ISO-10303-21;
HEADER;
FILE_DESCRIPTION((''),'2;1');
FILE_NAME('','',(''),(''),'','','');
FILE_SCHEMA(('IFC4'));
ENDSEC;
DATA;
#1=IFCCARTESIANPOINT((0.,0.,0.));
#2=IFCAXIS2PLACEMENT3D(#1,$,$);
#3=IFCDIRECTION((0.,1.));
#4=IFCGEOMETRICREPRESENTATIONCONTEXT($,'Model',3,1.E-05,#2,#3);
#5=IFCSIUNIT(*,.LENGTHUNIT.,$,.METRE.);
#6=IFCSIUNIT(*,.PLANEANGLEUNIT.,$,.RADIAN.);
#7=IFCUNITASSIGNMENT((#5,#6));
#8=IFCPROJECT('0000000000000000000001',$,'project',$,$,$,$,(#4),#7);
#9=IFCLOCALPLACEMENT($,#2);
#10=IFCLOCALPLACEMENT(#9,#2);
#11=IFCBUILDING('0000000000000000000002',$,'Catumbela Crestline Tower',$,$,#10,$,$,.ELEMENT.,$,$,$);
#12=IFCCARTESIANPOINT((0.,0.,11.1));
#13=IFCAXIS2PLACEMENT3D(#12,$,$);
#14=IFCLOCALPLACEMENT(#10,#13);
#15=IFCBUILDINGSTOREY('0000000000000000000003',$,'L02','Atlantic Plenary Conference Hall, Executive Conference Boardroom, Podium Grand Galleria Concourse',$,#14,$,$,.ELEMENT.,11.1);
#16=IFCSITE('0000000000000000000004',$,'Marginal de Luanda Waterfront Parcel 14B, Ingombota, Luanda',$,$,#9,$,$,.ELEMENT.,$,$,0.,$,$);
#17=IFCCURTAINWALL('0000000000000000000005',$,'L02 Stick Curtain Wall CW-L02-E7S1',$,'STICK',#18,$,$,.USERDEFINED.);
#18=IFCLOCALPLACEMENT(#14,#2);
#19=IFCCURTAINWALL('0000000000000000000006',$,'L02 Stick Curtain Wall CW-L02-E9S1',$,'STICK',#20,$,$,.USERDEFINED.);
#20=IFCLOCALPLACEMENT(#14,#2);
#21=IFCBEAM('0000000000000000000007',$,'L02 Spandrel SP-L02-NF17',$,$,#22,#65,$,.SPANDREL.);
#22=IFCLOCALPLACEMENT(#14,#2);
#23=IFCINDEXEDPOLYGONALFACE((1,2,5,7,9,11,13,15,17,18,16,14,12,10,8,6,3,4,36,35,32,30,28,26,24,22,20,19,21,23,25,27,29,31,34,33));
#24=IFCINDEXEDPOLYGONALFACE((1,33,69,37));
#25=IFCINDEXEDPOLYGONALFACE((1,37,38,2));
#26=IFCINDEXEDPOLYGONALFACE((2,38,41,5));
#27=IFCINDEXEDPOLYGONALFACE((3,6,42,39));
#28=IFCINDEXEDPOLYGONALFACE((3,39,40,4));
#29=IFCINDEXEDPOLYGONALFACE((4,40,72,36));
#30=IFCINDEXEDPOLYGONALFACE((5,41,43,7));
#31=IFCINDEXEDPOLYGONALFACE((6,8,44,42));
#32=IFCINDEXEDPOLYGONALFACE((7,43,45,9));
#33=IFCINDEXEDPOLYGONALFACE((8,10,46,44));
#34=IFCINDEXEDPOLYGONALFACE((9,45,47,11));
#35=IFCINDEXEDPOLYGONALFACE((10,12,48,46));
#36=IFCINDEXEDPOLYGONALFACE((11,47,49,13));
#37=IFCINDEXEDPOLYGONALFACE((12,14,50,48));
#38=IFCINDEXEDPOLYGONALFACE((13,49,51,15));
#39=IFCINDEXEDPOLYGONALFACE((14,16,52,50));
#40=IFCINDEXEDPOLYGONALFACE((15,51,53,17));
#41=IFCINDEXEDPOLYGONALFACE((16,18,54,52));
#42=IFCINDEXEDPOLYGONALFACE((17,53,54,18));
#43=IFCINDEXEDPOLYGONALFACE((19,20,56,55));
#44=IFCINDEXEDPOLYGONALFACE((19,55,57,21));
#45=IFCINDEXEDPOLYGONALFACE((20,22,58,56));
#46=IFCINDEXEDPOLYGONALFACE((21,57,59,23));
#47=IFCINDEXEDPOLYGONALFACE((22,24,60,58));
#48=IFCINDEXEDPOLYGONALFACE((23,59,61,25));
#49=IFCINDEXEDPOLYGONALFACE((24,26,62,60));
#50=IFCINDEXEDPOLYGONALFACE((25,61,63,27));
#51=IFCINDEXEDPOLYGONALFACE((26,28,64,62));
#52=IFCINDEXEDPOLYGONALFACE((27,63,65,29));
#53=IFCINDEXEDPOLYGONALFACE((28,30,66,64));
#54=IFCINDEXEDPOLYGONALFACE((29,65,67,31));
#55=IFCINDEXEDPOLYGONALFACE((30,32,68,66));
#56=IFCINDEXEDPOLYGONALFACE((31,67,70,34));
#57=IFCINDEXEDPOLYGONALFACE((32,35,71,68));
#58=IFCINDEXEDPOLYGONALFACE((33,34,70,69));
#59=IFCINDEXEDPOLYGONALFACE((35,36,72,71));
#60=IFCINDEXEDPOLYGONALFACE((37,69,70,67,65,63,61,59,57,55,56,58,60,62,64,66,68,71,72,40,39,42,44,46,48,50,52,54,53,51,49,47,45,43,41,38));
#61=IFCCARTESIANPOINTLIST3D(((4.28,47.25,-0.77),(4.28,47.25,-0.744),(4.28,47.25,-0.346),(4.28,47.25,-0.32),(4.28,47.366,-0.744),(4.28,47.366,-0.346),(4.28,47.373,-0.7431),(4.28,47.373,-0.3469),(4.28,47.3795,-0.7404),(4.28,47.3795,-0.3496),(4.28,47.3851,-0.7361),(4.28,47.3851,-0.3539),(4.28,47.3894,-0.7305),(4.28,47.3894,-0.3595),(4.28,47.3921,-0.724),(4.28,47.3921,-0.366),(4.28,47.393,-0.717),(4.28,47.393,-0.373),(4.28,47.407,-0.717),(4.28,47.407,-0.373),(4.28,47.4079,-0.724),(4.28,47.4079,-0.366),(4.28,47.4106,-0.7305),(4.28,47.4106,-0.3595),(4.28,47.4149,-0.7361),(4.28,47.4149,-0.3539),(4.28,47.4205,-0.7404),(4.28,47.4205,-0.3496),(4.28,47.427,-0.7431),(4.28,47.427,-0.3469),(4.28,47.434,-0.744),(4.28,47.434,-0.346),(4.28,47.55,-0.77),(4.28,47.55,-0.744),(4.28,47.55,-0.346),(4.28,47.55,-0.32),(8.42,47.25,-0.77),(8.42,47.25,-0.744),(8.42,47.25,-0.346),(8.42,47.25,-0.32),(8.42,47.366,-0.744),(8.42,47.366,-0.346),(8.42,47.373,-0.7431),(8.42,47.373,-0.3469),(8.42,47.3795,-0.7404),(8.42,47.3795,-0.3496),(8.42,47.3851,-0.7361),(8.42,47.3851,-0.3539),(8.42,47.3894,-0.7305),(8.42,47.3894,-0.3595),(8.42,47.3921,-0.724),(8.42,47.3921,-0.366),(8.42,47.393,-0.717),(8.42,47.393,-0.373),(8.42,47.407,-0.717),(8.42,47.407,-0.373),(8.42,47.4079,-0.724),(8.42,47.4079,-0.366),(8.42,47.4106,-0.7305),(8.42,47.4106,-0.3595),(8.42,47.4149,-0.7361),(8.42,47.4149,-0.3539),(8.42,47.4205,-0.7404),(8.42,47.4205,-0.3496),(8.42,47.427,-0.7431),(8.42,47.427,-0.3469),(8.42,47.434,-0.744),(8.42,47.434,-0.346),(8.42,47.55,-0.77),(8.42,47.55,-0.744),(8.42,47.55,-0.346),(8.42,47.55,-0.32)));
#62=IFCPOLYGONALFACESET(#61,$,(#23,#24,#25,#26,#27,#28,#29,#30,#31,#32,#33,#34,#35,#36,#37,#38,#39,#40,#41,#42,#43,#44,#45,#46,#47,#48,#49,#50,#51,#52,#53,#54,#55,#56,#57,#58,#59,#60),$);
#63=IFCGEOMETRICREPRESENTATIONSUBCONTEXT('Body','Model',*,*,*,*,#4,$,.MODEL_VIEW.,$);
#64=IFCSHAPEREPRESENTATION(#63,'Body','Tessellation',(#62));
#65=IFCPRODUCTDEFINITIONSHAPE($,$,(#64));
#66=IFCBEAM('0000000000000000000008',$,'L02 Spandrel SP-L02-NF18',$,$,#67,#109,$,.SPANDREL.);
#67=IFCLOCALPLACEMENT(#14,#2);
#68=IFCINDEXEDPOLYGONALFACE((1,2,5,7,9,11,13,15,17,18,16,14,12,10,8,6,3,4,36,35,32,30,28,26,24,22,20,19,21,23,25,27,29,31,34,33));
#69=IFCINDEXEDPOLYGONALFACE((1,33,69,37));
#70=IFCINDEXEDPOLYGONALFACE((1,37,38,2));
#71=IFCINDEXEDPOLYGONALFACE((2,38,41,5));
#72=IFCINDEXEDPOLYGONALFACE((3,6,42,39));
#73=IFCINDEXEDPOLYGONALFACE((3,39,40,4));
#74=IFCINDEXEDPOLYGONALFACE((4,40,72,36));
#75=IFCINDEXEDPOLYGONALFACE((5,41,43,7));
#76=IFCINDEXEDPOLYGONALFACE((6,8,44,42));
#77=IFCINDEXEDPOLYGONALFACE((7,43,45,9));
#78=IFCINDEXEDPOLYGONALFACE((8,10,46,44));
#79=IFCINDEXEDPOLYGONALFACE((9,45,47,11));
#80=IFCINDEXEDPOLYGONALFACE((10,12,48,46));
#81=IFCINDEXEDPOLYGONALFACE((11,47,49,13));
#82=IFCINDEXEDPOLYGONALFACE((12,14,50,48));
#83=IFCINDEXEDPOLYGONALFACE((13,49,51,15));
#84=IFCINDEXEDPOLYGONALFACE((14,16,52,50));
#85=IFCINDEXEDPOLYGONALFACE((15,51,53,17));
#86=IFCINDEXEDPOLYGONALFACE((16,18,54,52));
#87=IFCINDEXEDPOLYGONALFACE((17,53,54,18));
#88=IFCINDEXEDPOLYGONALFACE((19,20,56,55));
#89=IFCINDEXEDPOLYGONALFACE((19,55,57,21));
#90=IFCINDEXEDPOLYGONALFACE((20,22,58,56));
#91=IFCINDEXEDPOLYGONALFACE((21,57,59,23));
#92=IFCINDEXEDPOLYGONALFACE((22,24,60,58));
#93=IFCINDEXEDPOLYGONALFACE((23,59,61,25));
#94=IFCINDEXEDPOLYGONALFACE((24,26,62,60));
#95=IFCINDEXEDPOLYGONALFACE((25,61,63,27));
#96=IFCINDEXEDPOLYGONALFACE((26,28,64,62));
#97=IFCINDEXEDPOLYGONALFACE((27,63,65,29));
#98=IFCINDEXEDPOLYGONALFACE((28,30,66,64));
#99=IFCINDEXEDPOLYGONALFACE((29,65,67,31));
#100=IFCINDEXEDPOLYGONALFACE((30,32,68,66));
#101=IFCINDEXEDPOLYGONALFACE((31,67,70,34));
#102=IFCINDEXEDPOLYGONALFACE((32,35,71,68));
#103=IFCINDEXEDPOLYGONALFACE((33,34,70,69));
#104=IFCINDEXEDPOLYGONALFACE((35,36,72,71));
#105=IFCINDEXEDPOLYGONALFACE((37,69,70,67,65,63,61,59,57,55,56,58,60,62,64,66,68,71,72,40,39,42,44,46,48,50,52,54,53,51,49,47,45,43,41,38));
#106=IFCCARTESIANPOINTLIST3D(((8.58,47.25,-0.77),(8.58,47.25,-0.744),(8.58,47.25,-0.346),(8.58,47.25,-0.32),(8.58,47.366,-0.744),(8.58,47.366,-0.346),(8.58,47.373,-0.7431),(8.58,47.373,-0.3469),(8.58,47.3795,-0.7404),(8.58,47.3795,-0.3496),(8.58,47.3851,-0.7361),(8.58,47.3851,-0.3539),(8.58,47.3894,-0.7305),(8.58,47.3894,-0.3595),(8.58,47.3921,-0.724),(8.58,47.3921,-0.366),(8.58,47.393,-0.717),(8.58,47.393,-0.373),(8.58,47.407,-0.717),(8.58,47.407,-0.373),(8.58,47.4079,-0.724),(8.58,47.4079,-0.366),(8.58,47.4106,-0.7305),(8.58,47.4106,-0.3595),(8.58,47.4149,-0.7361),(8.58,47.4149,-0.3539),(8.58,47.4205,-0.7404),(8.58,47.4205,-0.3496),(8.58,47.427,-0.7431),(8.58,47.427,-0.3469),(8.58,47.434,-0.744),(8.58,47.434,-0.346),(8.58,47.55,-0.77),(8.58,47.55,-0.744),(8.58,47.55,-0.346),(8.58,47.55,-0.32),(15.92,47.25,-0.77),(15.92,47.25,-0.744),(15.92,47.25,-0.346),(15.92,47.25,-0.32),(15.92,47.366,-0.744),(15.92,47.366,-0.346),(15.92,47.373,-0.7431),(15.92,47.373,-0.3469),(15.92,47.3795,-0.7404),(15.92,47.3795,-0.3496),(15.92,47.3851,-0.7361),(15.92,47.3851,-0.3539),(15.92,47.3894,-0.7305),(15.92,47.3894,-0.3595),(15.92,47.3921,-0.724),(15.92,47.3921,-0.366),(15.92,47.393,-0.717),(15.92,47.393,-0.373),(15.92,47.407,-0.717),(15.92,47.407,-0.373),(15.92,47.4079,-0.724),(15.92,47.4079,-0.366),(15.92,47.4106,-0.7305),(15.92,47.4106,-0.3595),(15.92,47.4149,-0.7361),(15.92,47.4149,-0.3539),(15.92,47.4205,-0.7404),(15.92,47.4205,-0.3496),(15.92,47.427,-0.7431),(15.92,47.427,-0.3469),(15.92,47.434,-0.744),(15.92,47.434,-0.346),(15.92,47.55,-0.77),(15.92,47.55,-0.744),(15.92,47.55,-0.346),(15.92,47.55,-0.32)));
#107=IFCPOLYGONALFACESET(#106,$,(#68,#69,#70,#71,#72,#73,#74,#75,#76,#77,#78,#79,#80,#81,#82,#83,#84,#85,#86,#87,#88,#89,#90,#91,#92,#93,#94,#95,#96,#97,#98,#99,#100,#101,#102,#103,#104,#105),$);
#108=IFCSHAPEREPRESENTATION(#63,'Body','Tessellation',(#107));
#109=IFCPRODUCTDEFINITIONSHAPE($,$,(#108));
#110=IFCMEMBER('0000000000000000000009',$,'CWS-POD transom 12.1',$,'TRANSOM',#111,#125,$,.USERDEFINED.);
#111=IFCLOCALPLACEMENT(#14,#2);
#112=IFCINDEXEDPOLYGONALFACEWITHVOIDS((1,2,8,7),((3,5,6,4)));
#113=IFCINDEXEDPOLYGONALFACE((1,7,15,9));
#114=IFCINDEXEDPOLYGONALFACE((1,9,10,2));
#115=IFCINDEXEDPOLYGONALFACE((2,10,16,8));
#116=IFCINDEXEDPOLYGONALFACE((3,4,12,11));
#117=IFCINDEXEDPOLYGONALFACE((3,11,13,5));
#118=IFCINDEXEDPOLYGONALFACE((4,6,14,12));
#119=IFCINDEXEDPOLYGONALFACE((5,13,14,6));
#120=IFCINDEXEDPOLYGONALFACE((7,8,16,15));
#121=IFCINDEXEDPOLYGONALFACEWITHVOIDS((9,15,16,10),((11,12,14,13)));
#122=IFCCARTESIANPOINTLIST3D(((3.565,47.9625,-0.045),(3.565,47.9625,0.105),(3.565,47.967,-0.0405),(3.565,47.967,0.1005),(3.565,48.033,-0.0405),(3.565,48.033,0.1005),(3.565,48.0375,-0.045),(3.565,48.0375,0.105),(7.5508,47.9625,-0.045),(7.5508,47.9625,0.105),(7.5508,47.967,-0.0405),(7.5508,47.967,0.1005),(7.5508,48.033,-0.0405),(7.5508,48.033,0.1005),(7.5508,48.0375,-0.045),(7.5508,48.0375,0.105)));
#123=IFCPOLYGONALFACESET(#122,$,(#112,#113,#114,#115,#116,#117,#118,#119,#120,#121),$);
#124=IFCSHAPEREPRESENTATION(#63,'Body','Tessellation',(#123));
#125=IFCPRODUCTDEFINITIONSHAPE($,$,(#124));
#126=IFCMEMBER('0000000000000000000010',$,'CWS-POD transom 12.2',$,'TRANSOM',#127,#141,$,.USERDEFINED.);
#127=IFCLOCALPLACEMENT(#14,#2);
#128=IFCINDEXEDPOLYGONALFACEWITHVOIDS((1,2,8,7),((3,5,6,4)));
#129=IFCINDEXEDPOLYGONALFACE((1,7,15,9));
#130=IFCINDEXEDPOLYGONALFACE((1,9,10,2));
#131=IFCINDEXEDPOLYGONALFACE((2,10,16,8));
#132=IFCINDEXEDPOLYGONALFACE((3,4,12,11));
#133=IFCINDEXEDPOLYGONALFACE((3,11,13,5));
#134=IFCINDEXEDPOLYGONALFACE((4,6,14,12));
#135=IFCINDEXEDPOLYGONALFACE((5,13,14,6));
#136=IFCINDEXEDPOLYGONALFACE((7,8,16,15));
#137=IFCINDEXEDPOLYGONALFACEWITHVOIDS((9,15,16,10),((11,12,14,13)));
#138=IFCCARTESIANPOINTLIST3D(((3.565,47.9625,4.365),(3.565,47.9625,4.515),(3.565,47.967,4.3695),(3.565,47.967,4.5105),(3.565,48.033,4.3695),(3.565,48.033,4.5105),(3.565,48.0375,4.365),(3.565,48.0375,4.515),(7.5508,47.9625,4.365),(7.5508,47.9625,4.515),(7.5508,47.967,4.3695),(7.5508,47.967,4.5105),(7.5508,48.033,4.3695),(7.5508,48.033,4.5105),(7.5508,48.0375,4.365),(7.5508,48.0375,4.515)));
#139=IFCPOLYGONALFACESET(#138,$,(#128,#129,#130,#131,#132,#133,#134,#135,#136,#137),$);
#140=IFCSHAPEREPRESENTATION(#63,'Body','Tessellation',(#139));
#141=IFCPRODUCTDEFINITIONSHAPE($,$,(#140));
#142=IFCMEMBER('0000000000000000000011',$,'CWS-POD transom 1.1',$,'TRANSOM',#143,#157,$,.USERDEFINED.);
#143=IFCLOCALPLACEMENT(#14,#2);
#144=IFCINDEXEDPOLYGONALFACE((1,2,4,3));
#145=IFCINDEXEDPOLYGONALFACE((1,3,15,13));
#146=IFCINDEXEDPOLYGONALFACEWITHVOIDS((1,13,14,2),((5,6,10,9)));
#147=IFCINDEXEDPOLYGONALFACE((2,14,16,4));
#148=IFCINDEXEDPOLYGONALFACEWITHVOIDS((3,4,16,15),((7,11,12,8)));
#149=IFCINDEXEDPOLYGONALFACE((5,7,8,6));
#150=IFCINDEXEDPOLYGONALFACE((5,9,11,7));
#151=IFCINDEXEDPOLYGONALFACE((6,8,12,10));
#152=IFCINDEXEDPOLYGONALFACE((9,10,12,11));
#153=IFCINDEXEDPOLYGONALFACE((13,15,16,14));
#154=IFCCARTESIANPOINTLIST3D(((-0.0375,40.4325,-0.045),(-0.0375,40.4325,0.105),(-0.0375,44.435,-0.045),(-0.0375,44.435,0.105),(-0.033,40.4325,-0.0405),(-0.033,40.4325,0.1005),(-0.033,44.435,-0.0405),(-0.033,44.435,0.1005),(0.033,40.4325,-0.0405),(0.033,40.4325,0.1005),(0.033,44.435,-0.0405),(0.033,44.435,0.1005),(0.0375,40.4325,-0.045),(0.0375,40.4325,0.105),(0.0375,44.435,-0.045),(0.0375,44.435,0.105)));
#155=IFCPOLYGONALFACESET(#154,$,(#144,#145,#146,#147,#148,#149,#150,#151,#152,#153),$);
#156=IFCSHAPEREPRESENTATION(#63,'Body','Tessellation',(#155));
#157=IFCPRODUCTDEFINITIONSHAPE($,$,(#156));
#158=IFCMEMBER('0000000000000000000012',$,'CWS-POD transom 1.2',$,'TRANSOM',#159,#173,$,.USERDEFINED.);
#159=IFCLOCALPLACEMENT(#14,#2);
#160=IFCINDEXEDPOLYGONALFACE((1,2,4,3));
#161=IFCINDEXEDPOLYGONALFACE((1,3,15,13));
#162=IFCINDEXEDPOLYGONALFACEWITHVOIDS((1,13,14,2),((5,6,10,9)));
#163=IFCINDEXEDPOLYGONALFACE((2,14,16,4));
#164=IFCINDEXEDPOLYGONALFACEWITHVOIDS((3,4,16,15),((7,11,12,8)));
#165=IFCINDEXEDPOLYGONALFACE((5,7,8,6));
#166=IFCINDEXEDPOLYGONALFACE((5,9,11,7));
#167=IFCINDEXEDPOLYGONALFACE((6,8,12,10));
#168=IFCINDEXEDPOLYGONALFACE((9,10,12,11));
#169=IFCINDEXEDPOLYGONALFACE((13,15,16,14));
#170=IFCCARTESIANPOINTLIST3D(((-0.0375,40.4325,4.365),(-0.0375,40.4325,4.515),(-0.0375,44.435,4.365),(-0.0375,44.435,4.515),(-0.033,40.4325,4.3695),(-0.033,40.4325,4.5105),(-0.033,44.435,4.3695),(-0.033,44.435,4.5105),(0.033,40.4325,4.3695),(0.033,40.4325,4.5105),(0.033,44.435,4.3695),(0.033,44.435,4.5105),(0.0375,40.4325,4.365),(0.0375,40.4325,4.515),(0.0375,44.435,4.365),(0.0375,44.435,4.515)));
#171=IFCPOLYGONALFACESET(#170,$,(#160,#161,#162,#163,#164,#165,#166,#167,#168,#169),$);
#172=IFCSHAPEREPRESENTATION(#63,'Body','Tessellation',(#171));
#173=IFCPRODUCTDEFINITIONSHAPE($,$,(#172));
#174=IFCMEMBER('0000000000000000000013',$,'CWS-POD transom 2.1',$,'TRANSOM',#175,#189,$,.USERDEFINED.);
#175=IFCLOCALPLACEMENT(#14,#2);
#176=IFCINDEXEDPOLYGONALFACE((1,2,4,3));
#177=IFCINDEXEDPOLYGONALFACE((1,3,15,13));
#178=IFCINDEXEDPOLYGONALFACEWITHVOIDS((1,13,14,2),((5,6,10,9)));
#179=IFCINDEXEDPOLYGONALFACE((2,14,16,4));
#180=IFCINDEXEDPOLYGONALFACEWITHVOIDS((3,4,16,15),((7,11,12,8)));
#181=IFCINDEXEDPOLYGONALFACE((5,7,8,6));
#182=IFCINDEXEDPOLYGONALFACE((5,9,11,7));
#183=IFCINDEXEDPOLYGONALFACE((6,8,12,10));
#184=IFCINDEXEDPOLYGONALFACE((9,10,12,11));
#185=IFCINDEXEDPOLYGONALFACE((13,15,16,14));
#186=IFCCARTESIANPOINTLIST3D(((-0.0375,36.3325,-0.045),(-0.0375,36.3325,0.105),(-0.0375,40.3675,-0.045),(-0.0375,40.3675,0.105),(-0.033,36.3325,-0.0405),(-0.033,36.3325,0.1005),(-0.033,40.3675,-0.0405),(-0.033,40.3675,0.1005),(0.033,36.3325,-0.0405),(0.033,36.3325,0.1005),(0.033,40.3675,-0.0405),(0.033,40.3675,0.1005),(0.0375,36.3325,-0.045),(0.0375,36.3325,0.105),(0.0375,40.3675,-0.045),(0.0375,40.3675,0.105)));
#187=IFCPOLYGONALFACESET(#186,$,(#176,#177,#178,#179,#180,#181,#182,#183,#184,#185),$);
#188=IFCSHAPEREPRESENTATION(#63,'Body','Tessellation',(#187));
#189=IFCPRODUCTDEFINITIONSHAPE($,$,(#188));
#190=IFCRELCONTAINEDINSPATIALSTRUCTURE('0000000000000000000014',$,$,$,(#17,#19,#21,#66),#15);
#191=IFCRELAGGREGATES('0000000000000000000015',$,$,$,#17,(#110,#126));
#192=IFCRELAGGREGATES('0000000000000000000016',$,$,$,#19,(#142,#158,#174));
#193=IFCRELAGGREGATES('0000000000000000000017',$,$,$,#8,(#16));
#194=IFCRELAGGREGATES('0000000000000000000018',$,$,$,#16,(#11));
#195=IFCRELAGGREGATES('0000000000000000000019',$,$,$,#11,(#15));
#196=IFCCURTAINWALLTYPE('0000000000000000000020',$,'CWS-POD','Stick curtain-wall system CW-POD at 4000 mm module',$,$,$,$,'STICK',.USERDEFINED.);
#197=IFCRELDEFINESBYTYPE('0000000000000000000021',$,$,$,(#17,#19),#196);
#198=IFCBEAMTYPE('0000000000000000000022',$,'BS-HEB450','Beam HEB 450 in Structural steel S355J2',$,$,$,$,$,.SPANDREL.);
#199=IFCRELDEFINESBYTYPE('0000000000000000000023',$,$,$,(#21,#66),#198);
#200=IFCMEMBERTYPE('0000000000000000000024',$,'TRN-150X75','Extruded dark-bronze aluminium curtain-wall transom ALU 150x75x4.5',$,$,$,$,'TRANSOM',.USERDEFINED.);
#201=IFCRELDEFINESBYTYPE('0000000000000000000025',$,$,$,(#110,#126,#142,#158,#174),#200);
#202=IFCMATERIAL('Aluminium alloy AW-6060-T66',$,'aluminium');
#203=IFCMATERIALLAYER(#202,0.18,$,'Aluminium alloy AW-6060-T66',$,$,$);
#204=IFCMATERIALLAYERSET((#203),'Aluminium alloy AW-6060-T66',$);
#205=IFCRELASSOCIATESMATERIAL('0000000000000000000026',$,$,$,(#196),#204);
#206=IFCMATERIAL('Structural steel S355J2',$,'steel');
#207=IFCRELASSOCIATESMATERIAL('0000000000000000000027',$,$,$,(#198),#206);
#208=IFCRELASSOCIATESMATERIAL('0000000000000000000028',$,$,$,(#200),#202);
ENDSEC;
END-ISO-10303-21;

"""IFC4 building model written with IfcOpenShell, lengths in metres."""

from ifc_helpers import new_model, si_unit, direction, frame, origin, origin_2d, place, context, subcontext, project, spatial, hollow_rectangle, i_section, extrude, material, layer, layer_set, material_profile, profile_set, type_object, element, aggregate, save


model = new_model("IFC4")

# Units and contexts
model_context = context("Model", 3, precision=1e-05, world=origin(), true_north=direction((0.0, 1.0)))
body_context = subcontext(model_context, "Body", "Model", "MODEL_VIEW")
ifc_project = project(units=[si_unit("LENGTHUNIT", "METRE"), si_unit("PLANEANGLEUNIT", "RADIAN")], contexts=[model_context])

# Site, building, storey
site_placement = place(None, origin())
site = spatial("IfcSite", under=ifc_project, at=site_placement, Name="Marginal de Luanda Waterfront Parcel 14B, Ingombota, Luanda", CompositionType="ELEMENT", RefElevation=0.0)
building_placement = place(site_placement, origin())
building = spatial("IfcBuilding", under=site, at=building_placement, Name="Catumbela Crestline Tower", CompositionType="ELEMENT")
storey_placement = place(building_placement, frame((0.0, 0.0, 11.1)))
storey = spatial("IfcBuildingStorey", under=building, at=storey_placement, Name="L02", Description="Atlantic Plenary Conference Hall, Executive Conference Boardroom, Podium Grand Galleria Concourse", CompositionType="ELEMENT", Elevation=11.1)

# Shared definitions
ifc_material_1 = material(Name="Structural steel S355J2", Category="steel")

# Curtain walls
ifc_material_2 = material(Name="Aluminium alloy AW-6060-T66", Category="aluminium")
ifc_layer_1 = layer(ifc_material_2, 0.18, Name="Aluminium alloy AW-6060-T66")
ifc_layer_set_1 = layer_set([ifc_layer_1], Name="Aluminium alloy AW-6060-T66")
curtain_wall_type = type_object("IfcCurtainWallType", Name="CWS-POD", Description="Stick curtain-wall system CW-POD at 4000 mm module", ElementType="STICK", PredefinedType="USERDEFINED", material=ifc_layer_set_1)
curtain_wall_1_placement = place(storey_placement, origin())
curtain_wall_1 = element("IfcCurtainWall", 1, at=curtain_wall_1_placement, inside=storey, type_object=curtain_wall_type, Name="L02 Stick Curtain Wall CW-L02-E7S1", ObjectType="STICK", PredefinedType="USERDEFINED")
curtain_wall_2_placement = place(storey_placement, origin())
curtain_wall_2 = element("IfcCurtainWall", 2, at=curtain_wall_2_placement, inside=storey, type_object=curtain_wall_type, Name="L02 Stick Curtain Wall CW-L02-E9S1", ObjectType="STICK", PredefinedType="USERDEFINED")

# Beams
ifc_material_profile_1 = material_profile(ifc_material_1, i_section(OverallWidth=0.3, OverallDepth=0.45, WebThickness=0.014, FlangeThickness=0.026, FilletRadius=0.027, at=origin_2d()), Name="HEB 450")
ifc_profile_set_1 = profile_set([ifc_material_profile_1], Name="Structural steel S355J2")
beam_type_1 = type_object("IfcBeamType", Name="BS-HEB450", Description="Beam HEB 450 in Structural steel S355J2", PredefinedType="SPANDREL", material=ifc_profile_set_1)
beam_1_placement = place(storey_placement, frame((4.28, 47.4, -0.545), z_axis=(1.0, 0.0, 0.0), x_axis=(0.0, 1.0, 0.0)))
element("IfcBeam", 3, at=beam_1_placement, inside=storey, type_object=beam_type_1, Name="L02 Spandrel SP-L02-NF17", PredefinedType="SPANDREL", context=body_context, shape_type="SweptSolid", body=[
    extrude(i_section(OverallWidth=0.3, OverallDepth=0.45, WebThickness=0.014, FlangeThickness=0.026, FilletRadius=0.027, at=origin_2d()), origin(), (0.0, 0.0, 1.0), 4.14),
])
beam_2_placement = place(storey_placement, frame((8.58, 47.4, -0.545), z_axis=(1.0, 0.0, 0.0), x_axis=(0.0, 1.0, 0.0)))
element("IfcBeam", 4, at=beam_2_placement, inside=storey, type_object=beam_type_1, Name="L02 Spandrel SP-L02-NF18", PredefinedType="SPANDREL", context=body_context, shape_type="SweptSolid", body=[
    extrude(i_section(OverallWidth=0.3, OverallDepth=0.45, WebThickness=0.014, FlangeThickness=0.026, FilletRadius=0.027, at=origin_2d()), origin(), (0.0, 0.0, 1.0), 7.34),
])

# Members
ifc_material_profile_2 = material_profile(ifc_material_2, hollow_rectangle(XDim=0.075, YDim=0.15, WallThickness=0.0045, at=origin_2d()), Name="ALU 150x75x4.5")
ifc_profile_set_2 = profile_set([ifc_material_profile_2], Name="Aluminium alloy AW-6060-T66")
member_type_1 = type_object("IfcMemberType", Name="TRN-150X75", Description="Extruded dark-bronze aluminium curtain-wall transom ALU 150x75x4.5", ElementType="TRANSOM", PredefinedType="USERDEFINED", material=ifc_profile_set_2)
member_1_placement = place(storey_placement, frame((7.5508, 48.0, 0.03), z_axis=(-1.0, 0.0, 0.0), x_axis=(0.0, -1.0, 0.0)))
member_1 = element("IfcMember", 5, at=member_1_placement, type_object=member_type_1, Name="CWS-POD transom 12.1", ObjectType="TRANSOM", PredefinedType="USERDEFINED", context=body_context, shape_type="SweptSolid", body=[
    extrude(hollow_rectangle(XDim=0.075, YDim=0.15, WallThickness=0.0045, at=origin_2d()), origin(), (0.0, 0.0, 1.0), 3.9858),
])
member_2_placement = place(storey_placement, frame((7.5508, 48.0, 4.44), z_axis=(-1.0, 0.0, 0.0), x_axis=(0.0, -1.0, 0.0)))
member_2 = element("IfcMember", 6, at=member_2_placement, type_object=member_type_1, Name="CWS-POD transom 12.2", ObjectType="TRANSOM", PredefinedType="USERDEFINED", context=body_context, shape_type="SweptSolid", body=[
    extrude(hollow_rectangle(XDim=0.075, YDim=0.15, WallThickness=0.0045, at=origin_2d()), origin(), (0.0, 0.0, 1.0), 3.9858),
])
member_3_placement = place(storey_placement, frame((0.0, 44.435, 0.03), z_axis=(0.0, -1.0, 0.0), x_axis=(1.0, 0.0, 0.0)))
member_3 = element("IfcMember", 7, at=member_3_placement, type_object=member_type_1, Name="CWS-POD transom 1.1", ObjectType="TRANSOM", PredefinedType="USERDEFINED", context=body_context, shape_type="SweptSolid", body=[
    extrude(hollow_rectangle(XDim=0.075, YDim=0.15, WallThickness=0.0045, at=origin_2d()), origin(), (0.0, 0.0, 1.0), 4.0025),
])
member_4_placement = place(storey_placement, frame((0.0, 44.435, 4.44), z_axis=(0.0, -1.0, 0.0), x_axis=(1.0, 0.0, 0.0)))
member_4 = element("IfcMember", 8, at=member_4_placement, type_object=member_type_1, Name="CWS-POD transom 1.2", ObjectType="TRANSOM", PredefinedType="USERDEFINED", context=body_context, shape_type="SweptSolid", body=[
    extrude(hollow_rectangle(XDim=0.075, YDim=0.15, WallThickness=0.0045, at=origin_2d()), origin(), (0.0, 0.0, 1.0), 4.0025),
])
member_5_placement = place(storey_placement, frame((0.0, 40.3675, 0.03), z_axis=(0.0, -1.0, 0.0), x_axis=(1.0, 0.0, 0.0)))
member_5 = element("IfcMember", 9, at=member_5_placement, type_object=member_type_1, Name="CWS-POD transom 2.1", ObjectType="TRANSOM", PredefinedType="USERDEFINED", context=body_context, shape_type="SweptSolid", body=[
    extrude(hollow_rectangle(XDim=0.075, YDim=0.15, WallThickness=0.0045, at=origin_2d()), origin(), (0.0, 0.0, 1.0), 4.035),
])

aggregate(curtain_wall_1, [member_1, member_2])
aggregate(curtain_wall_2, [member_3, member_4, member_5])

save(model, "model.ifc")
